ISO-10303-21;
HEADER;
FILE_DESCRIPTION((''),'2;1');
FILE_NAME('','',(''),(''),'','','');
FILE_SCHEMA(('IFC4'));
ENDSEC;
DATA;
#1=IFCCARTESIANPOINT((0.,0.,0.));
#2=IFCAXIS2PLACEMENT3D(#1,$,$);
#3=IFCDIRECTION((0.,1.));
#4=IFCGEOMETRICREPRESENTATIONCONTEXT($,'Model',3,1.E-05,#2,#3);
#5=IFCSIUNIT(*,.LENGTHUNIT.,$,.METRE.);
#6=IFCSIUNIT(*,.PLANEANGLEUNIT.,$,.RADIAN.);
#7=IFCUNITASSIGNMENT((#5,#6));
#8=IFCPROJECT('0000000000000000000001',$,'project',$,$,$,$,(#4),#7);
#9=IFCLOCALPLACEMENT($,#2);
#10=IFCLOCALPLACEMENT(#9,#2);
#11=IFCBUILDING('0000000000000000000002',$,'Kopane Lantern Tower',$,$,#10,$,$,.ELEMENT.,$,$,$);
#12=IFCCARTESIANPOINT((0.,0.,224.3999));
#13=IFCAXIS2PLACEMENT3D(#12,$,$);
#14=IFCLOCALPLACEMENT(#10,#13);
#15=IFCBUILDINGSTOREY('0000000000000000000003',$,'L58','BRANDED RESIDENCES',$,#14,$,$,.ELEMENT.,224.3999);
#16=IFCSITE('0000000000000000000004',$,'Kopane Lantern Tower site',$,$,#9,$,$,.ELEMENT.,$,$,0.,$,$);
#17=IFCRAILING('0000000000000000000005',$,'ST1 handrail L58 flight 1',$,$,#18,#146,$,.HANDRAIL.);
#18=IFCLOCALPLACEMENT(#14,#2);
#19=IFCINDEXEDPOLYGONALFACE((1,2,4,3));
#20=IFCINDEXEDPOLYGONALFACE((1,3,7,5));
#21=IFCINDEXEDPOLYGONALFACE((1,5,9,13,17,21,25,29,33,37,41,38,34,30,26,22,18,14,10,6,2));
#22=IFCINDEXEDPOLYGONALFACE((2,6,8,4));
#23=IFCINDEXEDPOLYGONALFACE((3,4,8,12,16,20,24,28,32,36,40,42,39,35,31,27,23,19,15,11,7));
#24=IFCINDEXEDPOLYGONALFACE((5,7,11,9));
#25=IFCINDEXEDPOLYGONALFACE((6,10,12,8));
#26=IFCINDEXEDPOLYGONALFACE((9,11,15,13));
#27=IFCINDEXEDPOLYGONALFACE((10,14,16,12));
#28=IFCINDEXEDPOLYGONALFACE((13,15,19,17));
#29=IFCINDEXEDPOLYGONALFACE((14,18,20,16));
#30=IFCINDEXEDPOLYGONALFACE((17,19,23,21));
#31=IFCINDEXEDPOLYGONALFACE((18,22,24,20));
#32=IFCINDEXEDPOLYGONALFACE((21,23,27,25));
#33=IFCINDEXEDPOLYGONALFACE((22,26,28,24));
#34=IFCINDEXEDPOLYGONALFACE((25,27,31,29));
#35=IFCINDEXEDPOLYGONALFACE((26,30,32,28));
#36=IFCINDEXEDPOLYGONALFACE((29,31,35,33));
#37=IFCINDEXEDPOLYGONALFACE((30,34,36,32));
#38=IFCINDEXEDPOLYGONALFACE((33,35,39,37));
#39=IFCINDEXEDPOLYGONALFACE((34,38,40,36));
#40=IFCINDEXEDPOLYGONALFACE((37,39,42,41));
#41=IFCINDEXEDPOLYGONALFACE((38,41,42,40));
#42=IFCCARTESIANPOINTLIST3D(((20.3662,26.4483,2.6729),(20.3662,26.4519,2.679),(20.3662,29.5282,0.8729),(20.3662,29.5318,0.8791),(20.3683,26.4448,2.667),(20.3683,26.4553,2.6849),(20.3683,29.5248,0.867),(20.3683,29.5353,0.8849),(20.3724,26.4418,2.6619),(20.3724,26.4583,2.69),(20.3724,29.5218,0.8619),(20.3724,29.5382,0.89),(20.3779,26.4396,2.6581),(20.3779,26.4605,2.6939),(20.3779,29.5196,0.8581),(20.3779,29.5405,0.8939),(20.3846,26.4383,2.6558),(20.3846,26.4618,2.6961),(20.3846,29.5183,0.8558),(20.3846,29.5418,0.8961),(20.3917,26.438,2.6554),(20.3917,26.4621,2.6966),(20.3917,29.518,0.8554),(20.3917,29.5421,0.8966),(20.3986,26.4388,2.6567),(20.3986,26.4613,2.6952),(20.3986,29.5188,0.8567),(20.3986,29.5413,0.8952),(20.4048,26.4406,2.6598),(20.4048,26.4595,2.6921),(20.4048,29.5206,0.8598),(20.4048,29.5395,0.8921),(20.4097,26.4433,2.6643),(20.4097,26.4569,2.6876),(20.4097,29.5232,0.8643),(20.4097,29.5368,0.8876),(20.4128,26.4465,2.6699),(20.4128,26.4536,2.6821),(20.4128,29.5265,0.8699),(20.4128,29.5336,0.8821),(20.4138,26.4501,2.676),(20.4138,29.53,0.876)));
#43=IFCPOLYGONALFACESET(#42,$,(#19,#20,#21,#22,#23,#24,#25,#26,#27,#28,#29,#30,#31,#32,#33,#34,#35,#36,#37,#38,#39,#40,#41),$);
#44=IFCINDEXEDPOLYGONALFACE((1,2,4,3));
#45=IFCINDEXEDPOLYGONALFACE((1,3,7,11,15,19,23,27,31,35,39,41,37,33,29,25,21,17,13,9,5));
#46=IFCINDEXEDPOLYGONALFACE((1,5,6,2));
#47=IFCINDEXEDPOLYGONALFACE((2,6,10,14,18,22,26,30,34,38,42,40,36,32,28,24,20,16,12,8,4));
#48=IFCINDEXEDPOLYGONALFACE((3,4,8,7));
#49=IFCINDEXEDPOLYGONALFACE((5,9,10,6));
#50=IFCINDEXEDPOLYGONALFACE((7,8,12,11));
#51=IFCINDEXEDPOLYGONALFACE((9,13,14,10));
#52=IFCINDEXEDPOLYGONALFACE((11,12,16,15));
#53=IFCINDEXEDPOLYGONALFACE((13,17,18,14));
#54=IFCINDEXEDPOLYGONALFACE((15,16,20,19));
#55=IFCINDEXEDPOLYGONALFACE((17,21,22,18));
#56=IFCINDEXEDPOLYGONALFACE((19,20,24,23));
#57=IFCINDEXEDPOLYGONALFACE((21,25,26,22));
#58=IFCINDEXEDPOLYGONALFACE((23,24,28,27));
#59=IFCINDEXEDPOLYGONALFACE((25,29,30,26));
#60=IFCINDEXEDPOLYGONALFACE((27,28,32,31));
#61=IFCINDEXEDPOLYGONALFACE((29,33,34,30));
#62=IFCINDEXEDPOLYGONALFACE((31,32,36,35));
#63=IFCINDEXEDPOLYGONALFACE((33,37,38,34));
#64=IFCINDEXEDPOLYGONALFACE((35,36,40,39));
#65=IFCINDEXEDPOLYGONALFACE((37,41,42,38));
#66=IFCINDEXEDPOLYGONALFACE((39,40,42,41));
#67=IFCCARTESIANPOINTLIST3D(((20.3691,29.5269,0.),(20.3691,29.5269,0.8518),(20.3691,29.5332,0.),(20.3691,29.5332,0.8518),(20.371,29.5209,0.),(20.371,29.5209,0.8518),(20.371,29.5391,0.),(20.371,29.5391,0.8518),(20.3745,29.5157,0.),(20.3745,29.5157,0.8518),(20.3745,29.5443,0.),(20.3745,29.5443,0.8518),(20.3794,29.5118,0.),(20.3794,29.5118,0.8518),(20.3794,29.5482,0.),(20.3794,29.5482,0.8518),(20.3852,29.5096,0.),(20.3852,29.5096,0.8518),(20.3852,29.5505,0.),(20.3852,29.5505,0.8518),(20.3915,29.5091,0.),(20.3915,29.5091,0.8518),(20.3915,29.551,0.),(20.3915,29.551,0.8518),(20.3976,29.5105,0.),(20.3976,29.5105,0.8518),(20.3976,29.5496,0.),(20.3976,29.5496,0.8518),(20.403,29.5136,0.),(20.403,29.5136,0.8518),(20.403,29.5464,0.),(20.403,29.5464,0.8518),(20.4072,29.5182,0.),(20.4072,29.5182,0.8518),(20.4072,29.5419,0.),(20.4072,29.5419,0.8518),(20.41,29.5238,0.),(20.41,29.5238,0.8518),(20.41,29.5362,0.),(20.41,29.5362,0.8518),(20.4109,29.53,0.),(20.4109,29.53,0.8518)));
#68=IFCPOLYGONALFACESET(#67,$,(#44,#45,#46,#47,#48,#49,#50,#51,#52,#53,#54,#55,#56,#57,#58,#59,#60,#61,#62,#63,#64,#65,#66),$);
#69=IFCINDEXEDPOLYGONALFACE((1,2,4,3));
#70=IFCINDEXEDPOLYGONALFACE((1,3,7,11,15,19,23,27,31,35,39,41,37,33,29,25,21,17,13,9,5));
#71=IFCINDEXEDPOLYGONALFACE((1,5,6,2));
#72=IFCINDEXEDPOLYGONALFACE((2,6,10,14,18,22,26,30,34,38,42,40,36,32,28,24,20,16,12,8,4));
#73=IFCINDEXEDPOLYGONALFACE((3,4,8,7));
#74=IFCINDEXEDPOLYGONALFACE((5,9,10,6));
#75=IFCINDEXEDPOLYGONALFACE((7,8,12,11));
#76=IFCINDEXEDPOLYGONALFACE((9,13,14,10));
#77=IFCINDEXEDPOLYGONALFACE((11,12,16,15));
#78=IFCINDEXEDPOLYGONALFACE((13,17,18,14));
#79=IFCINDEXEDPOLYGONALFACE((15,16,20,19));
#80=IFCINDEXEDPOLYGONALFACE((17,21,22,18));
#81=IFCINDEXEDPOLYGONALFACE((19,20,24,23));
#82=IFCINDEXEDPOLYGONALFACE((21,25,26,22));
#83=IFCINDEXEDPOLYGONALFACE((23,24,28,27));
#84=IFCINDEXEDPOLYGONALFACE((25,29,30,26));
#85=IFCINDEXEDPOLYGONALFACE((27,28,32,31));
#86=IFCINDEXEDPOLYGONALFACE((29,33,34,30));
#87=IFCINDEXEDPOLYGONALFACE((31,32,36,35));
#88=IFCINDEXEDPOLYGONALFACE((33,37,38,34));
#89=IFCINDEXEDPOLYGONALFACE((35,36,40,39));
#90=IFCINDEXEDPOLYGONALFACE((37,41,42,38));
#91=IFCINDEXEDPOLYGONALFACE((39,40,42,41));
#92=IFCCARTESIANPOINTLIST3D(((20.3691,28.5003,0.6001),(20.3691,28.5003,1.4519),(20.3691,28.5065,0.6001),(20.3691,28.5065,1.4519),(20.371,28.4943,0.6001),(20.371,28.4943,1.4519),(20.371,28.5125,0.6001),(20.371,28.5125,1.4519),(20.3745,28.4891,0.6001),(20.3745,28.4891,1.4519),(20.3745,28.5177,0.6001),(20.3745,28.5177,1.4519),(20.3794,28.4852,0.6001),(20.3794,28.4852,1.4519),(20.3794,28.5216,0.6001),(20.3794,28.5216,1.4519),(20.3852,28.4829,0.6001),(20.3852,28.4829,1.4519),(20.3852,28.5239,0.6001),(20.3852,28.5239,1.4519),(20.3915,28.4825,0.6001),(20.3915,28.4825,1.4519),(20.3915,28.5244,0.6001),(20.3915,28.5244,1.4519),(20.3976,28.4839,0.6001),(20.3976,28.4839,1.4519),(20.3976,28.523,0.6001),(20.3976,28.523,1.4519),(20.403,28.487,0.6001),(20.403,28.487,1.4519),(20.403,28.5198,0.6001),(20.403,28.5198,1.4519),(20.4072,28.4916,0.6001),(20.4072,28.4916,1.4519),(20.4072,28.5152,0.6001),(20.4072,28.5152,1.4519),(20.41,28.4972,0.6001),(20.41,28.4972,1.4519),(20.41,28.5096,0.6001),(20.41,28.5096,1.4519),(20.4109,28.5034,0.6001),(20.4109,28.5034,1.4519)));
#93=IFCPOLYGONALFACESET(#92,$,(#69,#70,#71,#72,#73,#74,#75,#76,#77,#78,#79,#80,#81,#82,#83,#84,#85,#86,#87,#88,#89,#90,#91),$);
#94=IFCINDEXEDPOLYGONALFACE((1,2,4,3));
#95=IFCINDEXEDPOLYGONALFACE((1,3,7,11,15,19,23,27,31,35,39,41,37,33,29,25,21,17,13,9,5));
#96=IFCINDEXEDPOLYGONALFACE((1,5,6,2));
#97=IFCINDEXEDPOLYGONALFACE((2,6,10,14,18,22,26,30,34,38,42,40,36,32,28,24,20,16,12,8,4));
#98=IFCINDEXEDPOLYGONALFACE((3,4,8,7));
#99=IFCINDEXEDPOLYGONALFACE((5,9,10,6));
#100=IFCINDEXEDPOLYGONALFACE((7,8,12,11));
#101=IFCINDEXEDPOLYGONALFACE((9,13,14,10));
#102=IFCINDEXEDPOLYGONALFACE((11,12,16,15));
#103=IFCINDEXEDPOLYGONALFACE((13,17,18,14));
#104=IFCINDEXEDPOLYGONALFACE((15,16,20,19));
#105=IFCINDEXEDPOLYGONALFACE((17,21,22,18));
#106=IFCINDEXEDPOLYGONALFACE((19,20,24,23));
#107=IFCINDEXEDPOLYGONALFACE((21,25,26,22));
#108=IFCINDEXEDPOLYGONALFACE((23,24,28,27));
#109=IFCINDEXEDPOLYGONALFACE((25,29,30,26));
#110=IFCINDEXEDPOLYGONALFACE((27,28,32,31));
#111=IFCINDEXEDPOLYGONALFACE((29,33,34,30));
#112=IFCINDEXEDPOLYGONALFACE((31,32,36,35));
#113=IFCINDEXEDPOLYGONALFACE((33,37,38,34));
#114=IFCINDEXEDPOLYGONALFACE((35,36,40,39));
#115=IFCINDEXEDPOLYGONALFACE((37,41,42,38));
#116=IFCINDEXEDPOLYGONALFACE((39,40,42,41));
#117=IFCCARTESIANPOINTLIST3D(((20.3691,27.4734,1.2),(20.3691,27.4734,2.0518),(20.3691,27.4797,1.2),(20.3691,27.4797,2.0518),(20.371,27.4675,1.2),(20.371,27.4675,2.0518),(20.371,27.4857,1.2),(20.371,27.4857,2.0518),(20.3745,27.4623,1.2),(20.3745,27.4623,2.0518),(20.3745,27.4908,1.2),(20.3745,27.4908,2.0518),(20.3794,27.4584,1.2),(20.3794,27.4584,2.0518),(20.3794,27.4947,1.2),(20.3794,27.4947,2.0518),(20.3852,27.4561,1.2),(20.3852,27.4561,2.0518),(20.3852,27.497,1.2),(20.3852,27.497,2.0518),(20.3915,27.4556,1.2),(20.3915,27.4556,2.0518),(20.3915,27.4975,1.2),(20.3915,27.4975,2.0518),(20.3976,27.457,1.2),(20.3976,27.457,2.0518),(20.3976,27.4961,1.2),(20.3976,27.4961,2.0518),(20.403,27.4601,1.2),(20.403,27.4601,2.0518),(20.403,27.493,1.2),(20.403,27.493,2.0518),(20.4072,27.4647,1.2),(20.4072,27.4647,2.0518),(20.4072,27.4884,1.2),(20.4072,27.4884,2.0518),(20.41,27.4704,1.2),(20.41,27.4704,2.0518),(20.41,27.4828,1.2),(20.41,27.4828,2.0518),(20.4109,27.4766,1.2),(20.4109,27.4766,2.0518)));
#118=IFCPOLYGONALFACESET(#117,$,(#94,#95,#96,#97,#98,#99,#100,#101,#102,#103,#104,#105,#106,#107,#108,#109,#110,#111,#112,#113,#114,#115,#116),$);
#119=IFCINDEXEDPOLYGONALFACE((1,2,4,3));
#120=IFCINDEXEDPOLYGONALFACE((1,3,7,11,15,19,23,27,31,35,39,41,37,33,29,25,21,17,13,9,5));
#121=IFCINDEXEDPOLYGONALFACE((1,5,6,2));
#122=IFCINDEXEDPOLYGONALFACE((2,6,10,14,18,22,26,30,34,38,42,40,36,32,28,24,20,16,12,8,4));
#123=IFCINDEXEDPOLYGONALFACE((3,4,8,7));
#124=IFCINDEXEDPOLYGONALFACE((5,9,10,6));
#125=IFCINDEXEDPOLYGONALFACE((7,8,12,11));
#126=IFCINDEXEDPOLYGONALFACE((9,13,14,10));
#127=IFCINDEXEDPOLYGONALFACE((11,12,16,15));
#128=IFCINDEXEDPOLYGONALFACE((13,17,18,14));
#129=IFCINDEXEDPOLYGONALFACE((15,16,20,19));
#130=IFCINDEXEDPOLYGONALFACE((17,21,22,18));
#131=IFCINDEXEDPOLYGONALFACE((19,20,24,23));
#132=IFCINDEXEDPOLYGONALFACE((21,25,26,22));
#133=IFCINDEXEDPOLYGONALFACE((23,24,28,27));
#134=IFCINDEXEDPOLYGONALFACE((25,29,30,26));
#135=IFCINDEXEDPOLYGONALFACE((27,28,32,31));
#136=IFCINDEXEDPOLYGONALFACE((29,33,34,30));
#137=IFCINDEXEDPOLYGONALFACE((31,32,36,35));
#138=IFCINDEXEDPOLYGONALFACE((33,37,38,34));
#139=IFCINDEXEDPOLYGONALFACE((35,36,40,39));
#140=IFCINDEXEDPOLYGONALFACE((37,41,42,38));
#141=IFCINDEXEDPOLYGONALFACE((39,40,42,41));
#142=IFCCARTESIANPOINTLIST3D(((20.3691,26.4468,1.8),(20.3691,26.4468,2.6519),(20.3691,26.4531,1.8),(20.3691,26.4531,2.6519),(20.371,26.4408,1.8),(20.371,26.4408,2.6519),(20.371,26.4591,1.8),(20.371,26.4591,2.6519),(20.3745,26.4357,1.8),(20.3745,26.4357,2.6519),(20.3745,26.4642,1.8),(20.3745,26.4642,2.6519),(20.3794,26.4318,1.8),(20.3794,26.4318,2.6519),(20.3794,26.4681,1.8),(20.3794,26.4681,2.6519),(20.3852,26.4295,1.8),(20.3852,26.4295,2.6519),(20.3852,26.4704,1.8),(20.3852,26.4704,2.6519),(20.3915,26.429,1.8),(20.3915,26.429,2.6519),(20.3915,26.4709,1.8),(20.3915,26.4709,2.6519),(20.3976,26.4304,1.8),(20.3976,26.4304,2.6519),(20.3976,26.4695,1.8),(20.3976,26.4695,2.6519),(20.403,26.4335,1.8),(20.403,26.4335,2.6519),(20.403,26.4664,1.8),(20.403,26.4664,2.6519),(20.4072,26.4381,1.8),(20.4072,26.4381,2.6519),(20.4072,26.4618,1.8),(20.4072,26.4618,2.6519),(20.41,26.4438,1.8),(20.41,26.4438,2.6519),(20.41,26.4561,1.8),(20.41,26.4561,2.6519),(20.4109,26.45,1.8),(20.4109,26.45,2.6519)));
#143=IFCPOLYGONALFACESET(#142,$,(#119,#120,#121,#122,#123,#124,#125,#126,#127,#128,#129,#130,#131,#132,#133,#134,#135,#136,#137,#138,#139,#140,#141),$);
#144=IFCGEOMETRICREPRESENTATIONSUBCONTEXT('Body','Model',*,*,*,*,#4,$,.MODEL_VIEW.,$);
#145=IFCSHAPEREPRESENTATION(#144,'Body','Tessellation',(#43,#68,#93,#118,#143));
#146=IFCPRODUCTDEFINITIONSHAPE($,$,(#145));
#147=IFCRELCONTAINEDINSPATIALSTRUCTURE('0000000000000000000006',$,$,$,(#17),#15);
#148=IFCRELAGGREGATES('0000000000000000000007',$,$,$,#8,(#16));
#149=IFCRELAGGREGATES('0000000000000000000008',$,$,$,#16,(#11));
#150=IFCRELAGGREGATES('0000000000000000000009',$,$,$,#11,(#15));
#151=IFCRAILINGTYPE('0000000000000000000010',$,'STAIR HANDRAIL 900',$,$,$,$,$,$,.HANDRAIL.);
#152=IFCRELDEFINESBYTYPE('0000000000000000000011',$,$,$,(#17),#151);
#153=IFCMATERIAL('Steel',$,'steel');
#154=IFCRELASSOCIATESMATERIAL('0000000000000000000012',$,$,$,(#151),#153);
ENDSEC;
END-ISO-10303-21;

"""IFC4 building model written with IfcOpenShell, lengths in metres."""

from ifc_helpers import new_model, si_unit, direction, frame, origin, origin_2d, place, context, subcontext, project, spatial, circle, extrude, material, type_object, element, save


model = new_model("IFC4")

# Units and contexts
model_context = context("Model", 3, precision=1e-05, world=origin(), true_north=direction((0.0, 1.0)))
body_context = subcontext(model_context, "Body", "Model", "MODEL_VIEW")
ifc_project = project(units=[si_unit("LENGTHUNIT", "METRE"), si_unit("PLANEANGLEUNIT", "RADIAN")], contexts=[model_context])

# Site, building, storey
site_placement = place(None, origin())
site = spatial("IfcSite", under=ifc_project, at=site_placement, Name="Kopane Lantern Tower site", CompositionType="ELEMENT", RefElevation=0.0)
building_placement = place(site_placement, origin())
building = spatial("IfcBuilding", under=site, at=building_placement, Name="Kopane Lantern Tower", CompositionType="ELEMENT")
storey_placement = place(building_placement, frame((0.0, 0.0, 224.3999)))
storey = spatial("IfcBuildingStorey", under=building, at=storey_placement, Name="L58", Description="BRANDED RESIDENCES", CompositionType="ELEMENT", Elevation=224.3999)

# Railing
ifc_material_1 = material(Name="Steel", Category="steel")
railing_type_1 = type_object("IfcRailingType", Name="STAIR HANDRAIL 900", PredefinedType="HANDRAIL", material=ifc_material_1)
for number, where, name in (
    (1, (20.3899, 29.53, 0.0), "ST1 handrail L58 flight 1"),
):
    element("IfcRailing", number, at=place(storey_placement, frame(where)), inside=storey, type_object=railing_type_1, Name=name, PredefinedType="HANDRAIL", context=body_context, shape_type="SweptSolid", body=[
        extrude(circle(Radius=0.0239, at=origin_2d()), frame((0.0, 0.0, 0.876), z_axis=(0.0, -0.863372, 0.504569), x_axis=(1.0, 0.0, 0.0)), (0.0, 0.0, 1.0), 3.5674),
        extrude(circle(Radius=0.021, at=origin_2d()), origin(), (0.0, 0.0, 1.0), 0.8518),
        extrude(circle(Radius=0.021, at=origin_2d()), frame((0.0, -1.0266, 0.6001)), (0.0, 0.0, 1.0), 0.8518),
        extrude(circle(Radius=0.021, at=origin_2d()), frame((0.0, -2.0535, 1.2)), (0.0, 0.0, 1.0), 0.8518),
        extrude(circle(Radius=0.021, at=origin_2d()), frame((0.0, -3.0801, 1.8)), (0.0, 0.0, 1.0), 0.8518),
    ])

save(model, "model.ifc")
